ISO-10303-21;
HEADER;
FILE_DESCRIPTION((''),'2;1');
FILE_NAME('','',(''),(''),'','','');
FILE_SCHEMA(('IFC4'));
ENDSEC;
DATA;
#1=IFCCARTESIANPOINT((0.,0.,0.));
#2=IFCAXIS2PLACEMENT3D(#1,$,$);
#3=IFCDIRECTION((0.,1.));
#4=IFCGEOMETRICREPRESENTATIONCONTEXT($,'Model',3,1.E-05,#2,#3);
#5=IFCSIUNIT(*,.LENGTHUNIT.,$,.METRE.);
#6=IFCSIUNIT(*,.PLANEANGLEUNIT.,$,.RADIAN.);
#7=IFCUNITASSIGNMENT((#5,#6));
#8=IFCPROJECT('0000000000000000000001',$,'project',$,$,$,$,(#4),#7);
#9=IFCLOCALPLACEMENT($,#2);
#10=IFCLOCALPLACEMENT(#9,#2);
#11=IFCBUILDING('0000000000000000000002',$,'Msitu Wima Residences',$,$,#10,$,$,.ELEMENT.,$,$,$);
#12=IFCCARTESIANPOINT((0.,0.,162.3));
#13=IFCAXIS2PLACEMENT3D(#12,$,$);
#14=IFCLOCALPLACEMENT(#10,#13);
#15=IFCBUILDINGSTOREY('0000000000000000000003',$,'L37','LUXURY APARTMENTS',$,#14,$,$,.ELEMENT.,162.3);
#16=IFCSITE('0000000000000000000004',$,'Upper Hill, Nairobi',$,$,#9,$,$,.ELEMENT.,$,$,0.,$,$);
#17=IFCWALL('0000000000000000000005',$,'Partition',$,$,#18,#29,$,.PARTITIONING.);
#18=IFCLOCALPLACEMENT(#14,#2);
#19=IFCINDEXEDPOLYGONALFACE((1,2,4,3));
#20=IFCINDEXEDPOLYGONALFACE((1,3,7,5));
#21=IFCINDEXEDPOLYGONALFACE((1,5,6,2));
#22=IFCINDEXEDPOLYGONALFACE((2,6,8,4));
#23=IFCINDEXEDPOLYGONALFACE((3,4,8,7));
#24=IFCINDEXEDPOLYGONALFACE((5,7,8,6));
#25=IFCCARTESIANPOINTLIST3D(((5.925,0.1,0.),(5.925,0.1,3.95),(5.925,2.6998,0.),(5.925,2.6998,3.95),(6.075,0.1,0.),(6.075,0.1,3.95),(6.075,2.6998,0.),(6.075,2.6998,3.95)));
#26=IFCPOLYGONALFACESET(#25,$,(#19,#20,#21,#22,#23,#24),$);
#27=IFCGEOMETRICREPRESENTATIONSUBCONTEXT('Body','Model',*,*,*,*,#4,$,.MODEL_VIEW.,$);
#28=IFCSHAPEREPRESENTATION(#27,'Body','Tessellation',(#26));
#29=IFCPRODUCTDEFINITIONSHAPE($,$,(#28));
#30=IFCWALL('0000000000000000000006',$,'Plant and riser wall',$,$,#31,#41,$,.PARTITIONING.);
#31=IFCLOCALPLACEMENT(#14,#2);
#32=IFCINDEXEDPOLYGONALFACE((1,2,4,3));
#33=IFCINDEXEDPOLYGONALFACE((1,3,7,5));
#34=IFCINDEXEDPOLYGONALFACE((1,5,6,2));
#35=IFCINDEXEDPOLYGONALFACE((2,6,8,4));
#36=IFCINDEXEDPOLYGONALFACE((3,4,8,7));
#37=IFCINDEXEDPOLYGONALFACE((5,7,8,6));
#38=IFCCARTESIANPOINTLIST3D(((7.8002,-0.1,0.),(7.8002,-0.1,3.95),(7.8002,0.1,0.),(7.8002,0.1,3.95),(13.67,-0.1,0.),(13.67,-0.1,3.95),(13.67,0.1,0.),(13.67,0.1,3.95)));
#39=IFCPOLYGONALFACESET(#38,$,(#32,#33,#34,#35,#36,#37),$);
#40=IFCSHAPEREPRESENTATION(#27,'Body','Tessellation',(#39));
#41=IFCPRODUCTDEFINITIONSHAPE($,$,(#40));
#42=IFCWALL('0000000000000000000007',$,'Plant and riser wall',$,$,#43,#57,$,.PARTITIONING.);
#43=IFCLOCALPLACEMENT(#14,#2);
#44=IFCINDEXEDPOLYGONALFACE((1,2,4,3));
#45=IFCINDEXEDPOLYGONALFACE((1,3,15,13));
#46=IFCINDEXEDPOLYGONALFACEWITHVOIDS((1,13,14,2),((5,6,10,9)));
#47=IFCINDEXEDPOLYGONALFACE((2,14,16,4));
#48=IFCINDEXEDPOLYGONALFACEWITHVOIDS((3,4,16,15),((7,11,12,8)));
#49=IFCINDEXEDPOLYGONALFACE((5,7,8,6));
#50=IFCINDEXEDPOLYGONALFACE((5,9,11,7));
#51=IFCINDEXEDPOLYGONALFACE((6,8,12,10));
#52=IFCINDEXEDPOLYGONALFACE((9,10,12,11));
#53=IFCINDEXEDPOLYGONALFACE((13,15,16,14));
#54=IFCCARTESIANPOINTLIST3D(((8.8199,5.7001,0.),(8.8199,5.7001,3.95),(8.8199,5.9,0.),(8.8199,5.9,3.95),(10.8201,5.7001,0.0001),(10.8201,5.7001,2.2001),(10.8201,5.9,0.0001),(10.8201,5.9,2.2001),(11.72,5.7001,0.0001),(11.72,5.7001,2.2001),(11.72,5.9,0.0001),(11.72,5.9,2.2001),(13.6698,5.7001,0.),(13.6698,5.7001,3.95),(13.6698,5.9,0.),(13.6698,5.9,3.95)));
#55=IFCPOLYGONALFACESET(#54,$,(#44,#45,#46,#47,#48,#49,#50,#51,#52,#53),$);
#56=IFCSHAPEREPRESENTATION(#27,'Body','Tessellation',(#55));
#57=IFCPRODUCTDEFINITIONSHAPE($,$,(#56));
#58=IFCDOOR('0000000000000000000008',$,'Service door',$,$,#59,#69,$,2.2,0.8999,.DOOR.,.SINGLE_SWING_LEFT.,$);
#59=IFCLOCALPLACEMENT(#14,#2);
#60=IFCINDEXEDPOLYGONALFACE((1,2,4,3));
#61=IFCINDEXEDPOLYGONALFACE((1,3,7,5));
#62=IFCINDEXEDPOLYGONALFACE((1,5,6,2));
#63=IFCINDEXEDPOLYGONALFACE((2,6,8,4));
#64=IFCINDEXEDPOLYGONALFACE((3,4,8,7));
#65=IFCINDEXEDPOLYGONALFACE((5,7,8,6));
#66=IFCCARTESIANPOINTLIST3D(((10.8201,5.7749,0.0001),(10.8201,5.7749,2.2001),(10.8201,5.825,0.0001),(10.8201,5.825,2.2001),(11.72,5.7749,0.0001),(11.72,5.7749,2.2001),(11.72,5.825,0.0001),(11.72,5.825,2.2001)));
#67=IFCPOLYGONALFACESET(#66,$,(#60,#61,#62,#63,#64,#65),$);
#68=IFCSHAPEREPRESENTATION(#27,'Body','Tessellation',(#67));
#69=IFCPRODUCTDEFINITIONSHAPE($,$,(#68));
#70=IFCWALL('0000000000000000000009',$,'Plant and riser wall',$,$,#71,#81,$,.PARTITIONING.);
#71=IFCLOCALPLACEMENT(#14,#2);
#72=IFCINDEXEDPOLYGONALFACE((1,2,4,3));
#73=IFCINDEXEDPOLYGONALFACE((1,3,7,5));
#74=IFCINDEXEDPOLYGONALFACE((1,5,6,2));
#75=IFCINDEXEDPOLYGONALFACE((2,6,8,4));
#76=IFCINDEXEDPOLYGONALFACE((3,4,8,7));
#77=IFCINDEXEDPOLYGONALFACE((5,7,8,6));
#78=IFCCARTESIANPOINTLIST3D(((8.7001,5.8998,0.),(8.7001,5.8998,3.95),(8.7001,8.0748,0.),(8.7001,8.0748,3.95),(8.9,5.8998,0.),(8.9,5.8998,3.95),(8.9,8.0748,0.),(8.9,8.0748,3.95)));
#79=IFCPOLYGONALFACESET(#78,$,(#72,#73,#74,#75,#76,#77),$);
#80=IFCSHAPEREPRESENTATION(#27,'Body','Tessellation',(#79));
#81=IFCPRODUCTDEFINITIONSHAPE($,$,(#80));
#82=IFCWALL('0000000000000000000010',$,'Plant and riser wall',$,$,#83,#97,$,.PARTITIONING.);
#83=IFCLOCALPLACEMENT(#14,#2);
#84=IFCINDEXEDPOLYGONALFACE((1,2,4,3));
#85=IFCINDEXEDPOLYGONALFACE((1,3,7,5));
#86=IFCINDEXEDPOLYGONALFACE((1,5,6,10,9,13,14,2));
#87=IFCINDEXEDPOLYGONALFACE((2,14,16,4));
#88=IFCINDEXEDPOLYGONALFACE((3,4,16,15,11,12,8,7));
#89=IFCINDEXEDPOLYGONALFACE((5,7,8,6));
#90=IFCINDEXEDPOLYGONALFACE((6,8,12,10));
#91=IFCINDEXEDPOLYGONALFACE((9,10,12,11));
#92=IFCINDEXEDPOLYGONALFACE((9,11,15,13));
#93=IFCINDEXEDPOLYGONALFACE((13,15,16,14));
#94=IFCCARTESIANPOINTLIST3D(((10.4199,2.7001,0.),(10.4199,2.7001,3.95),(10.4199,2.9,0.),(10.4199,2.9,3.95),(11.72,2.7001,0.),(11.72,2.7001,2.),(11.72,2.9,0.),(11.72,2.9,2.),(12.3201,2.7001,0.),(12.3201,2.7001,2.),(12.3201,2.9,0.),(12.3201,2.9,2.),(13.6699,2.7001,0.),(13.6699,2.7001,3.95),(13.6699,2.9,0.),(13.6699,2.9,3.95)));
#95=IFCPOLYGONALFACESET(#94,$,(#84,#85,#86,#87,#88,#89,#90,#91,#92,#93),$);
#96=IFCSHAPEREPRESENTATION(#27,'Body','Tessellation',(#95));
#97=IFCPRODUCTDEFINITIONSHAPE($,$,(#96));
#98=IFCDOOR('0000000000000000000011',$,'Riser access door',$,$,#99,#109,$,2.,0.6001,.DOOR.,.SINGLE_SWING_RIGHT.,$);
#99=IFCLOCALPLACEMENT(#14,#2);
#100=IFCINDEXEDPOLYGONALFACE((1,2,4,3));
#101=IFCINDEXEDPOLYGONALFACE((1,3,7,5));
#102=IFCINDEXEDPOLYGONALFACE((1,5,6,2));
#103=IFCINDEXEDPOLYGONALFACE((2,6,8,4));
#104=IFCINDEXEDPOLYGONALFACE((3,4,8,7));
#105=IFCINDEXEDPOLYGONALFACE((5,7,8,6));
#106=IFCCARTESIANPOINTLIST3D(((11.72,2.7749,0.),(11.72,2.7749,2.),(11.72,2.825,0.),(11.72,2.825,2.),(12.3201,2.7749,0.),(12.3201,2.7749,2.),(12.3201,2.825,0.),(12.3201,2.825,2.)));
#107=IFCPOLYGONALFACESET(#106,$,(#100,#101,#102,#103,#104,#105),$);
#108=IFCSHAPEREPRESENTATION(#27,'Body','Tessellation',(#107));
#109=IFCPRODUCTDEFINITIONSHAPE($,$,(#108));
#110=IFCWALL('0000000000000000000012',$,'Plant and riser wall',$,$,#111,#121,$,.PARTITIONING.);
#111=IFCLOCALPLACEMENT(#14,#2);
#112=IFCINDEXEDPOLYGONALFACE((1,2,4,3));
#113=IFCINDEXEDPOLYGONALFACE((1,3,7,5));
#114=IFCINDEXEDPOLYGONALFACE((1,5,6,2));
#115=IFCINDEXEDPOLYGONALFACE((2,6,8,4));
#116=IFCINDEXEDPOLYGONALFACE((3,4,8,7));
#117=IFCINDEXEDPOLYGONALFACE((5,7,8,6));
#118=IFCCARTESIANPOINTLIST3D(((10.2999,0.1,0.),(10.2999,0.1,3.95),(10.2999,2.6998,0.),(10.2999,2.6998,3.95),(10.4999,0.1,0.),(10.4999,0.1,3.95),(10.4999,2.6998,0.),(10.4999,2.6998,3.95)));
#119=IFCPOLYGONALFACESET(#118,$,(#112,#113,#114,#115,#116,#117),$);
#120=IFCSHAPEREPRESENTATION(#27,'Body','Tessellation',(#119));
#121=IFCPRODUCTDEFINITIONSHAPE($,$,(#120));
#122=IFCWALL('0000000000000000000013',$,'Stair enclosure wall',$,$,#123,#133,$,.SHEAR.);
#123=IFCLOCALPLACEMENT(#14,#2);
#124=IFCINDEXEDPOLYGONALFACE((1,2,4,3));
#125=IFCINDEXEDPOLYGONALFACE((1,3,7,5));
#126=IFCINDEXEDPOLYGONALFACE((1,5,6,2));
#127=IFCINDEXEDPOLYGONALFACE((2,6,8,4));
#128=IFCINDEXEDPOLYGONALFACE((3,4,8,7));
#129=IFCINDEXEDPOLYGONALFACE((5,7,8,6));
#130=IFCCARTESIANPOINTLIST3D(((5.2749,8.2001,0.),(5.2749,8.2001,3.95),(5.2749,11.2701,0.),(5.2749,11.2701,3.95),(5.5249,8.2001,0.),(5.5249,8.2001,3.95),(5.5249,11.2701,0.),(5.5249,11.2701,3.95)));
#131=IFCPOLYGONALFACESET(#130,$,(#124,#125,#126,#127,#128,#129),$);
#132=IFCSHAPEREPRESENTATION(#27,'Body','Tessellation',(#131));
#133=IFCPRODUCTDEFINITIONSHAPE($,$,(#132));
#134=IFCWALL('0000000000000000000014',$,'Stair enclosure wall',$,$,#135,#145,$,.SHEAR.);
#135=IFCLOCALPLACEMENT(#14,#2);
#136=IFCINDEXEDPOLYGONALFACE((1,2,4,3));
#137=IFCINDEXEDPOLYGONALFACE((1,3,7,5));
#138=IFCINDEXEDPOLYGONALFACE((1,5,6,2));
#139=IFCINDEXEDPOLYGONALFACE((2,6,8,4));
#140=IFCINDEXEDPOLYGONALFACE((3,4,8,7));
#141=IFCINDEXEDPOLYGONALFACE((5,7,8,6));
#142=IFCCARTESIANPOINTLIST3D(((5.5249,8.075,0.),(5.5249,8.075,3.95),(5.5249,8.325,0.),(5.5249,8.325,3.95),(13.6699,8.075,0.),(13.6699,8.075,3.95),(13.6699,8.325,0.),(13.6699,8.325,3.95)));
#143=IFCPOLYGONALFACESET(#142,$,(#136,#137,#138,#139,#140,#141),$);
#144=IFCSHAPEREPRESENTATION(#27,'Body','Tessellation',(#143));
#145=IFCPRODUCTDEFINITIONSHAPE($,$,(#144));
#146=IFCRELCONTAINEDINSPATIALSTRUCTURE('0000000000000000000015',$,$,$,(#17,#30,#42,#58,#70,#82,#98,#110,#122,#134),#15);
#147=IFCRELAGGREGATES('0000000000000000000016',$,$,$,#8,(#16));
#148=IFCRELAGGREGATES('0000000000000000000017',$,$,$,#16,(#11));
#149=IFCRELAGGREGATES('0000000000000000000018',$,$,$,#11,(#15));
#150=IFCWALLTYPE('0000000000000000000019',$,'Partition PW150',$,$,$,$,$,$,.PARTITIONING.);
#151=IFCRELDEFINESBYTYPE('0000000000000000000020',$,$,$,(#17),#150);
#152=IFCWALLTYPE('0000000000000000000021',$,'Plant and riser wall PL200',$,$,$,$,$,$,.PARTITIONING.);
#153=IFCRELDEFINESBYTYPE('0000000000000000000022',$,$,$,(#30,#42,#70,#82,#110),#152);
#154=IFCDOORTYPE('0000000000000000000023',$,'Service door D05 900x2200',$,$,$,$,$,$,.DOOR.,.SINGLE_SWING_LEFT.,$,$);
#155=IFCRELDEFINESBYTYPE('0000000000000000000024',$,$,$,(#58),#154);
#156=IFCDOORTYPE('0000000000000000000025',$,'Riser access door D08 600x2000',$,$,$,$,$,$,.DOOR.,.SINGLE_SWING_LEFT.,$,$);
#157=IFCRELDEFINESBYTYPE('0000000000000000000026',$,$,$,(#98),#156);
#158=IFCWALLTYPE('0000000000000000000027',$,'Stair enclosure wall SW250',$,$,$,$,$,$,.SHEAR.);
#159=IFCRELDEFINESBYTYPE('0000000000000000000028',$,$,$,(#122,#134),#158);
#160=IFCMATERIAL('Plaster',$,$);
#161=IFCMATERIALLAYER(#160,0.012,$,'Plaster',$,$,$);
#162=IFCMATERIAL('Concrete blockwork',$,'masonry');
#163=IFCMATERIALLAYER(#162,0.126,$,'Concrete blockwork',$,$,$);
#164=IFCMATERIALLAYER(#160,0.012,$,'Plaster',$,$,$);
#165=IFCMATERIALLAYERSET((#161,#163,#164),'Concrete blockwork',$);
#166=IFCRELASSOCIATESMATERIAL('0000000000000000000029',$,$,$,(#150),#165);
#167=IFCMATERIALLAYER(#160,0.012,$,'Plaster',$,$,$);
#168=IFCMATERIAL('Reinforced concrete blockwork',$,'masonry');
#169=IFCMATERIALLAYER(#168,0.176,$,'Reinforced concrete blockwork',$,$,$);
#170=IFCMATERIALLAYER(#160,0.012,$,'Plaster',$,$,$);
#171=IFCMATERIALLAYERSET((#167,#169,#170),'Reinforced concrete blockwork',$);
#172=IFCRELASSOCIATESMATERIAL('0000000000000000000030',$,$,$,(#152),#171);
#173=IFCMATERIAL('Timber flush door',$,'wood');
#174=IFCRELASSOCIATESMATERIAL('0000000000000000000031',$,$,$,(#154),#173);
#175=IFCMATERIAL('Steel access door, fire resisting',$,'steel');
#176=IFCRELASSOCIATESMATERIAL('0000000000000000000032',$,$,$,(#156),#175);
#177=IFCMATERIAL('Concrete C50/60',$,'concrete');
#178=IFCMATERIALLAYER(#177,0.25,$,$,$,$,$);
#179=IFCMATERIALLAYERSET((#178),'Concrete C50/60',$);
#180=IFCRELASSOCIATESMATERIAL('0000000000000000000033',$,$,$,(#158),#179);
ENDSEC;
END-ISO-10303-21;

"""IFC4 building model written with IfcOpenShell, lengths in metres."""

from ifc_helpers import new_model, si_unit, direction, frame, frame_2d, origin, place, context, subcontext, project, spatial, rectangle, extrude, material, layer, layer_set, type_object, element, fill, save


model = new_model("IFC4")

# Units and contexts
model_context = context("Model", 3, precision=1e-05, world=origin(), true_north=direction((0.0, 1.0)))
body_context = subcontext(model_context, "Body", "Model", "MODEL_VIEW")
ifc_project = project(units=[si_unit("LENGTHUNIT", "METRE"), si_unit("PLANEANGLEUNIT", "RADIAN")], contexts=[model_context])

# Site, building, storey
site_placement = place(None, origin())
site = spatial("IfcSite", under=ifc_project, at=site_placement, Name="Upper Hill, Nairobi", CompositionType="ELEMENT", RefElevation=0.0)
building_placement = place(site_placement, origin())
building = spatial("IfcBuilding", under=site, at=building_placement, Name="Msitu Wima Residences", CompositionType="ELEMENT")
storey_placement = place(building_placement, frame((0.0, 0.0, 162.3)))
storey = spatial("IfcBuildingStorey", under=building, at=storey_placement, Name="L37", Description="LUXURY APARTMENTS", CompositionType="ELEMENT", Elevation=162.3)

# Walls
ifc_material_1 = material(Name="Plaster")
ifc_layer_1 = layer(ifc_material_1, 0.012, Name="Plaster")
ifc_material_2 = material(Name="Concrete blockwork", Category="masonry")
ifc_layer_2 = layer(ifc_material_2, 0.126, Name="Concrete blockwork")
ifc_layer_3 = layer(ifc_material_1, 0.012, Name="Plaster")
ifc_layer_set_1 = layer_set([ifc_layer_1, ifc_layer_2, ifc_layer_3], Name="Concrete blockwork")
wall_type_1 = type_object("IfcWallType", Name="Partition PW150", PredefinedType="PARTITIONING", material=ifc_layer_set_1)
wall_1_placement = place(storey_placement, frame((6.0, 0.1001, 0.0), z_axis=(0.0, 0.0, 1.0), x_axis=(0.0, 1.0, 0.0)))
element("IfcWall", 1, at=wall_1_placement, inside=storey, type_object=wall_type_1, Name="Partition", PredefinedType="PARTITIONING", context=body_context, shape_type="SweptSolid", body=[
    extrude(rectangle(XDim=2.5999, YDim=0.1499, at=frame_2d((1.2998, 0.0))), origin(), (0.0, 0.0, 1.0), 3.95),
])
ifc_layer_4 = layer(ifc_material_1, 0.012, Name="Plaster")
ifc_material_3 = material(Name="Reinforced concrete blockwork", Category="masonry")
ifc_layer_5 = layer(ifc_material_3, 0.176, Name="Reinforced concrete blockwork")
ifc_layer_6 = layer(ifc_material_1, 0.012, Name="Plaster")
ifc_layer_set_2 = layer_set([ifc_layer_4, ifc_layer_5, ifc_layer_6], Name="Reinforced concrete blockwork")
wall_type_2 = type_object("IfcWallType", Name="Plant and riser wall PL200", PredefinedType="PARTITIONING", material=ifc_layer_set_2)
wall_2_placement = place(storey_placement, frame((7.8, 0.0, 0.0), z_axis=(0.0, 0.0, 1.0), x_axis=(1.0, 0.0, 0.0)))
element("IfcWall", 2, at=wall_2_placement, inside=storey, type_object=wall_type_2, Name="Plant and riser wall", PredefinedType="PARTITIONING", context=body_context, shape_type="SweptSolid", body=[
    extrude(rectangle(XDim=5.8699, YDim=0.2, at=frame_2d((2.9351, 0.0))), origin(), (0.0, 0.0, 1.0), 3.95),
])

# Wall, opening, door
wall_3_placement = place(storey_placement, frame((8.8201, 5.8, 0.0), z_axis=(0.0, 0.0, 1.0), x_axis=(1.0, 0.0, 0.0)))
wall_3 = element("IfcWall", 3, at=wall_3_placement, inside=storey, type_object=wall_type_2, Name="Plant and riser wall", PredefinedType="PARTITIONING", context=body_context, shape_type="SweptSolid", body=[
    extrude(rectangle(XDim=4.8499, YDim=0.2, at=frame_2d((2.4248, 0.0))), origin(), (0.0, 0.0, 1.0), 3.95),
])
opening_1_placement = place(wall_3_placement, frame((2.0, 0.0, 0.0)))
opening_1 = element("IfcOpeningElement", 4, at=opening_1_placement, cuts=wall_3, PredefinedType="OPENING", context=body_context, shape_type="SweptSolid", body=[
    extrude(rectangle(XDim=0.8999, YDim=2.2, at=frame_2d((0.45, 1.1001))), frame((0.0, 0.1099, 0.0), z_axis=(0.0, -1.0, 0.0), x_axis=(1.0, 0.0, 0.0)), (0.0, 0.0, 1.0), 0.22),
])
ifc_material_4 = material(Name="Timber flush door", Category="wood")
door_type_1 = type_object("IfcDoorType", Name="Service door D05 900x2200", OperationType="SINGLE_SWING_LEFT", PredefinedType="DOOR", material=ifc_material_4)
door_1_placement = place(opening_1_placement, origin())
door_1 = element("IfcDoor", 5, at=door_1_placement, inside=storey, type_object=door_type_1, Name="Service door", OperationType="SINGLE_SWING_LEFT", OverallHeight=2.2, OverallWidth=0.8999, PredefinedType="DOOR", context=body_context, shape_type="SweptSolid", body=[
    extrude(rectangle(XDim=0.8999, YDim=2.2, at=frame_2d((0.45, 1.1001))), frame((0.0, 0.0249, 0.0), z_axis=(0.0, -1.0, 0.0), x_axis=(1.0, 0.0, 0.0)), (0.0, 0.0, 1.0), 0.05),
])
fill(opening_1, door_1)

# Wall
wall_4_placement = place(storey_placement, frame((8.8, 5.8999, 0.0), z_axis=(0.0, 0.0, 1.0), x_axis=(0.0, 1.0, 0.0)))
element("IfcWall", 6, at=wall_4_placement, inside=storey, type_object=wall_type_2, Name="Plant and riser wall", PredefinedType="PARTITIONING", context=body_context, shape_type="SweptSolid", body=[
    extrude(rectangle(XDim=2.175, YDim=0.2, at=frame_2d((1.0874, 0.0))), origin(), (0.0, 0.0, 1.0), 3.95),
])

# Wall, opening, door
wall_5_placement = place(storey_placement, frame((10.4199, 2.8, 0.0), z_axis=(0.0, 0.0, 1.0), x_axis=(1.0, 0.0, 0.0)))
wall_5 = element("IfcWall", 7, at=wall_5_placement, inside=storey, type_object=wall_type_2, Name="Plant and riser wall", PredefinedType="PARTITIONING", context=body_context, shape_type="SweptSolid", body=[
    extrude(rectangle(XDim=3.25, YDim=0.2, at=frame_2d((1.625, 0.0))), origin(), (0.0, 0.0, 1.0), 3.95),
])
opening_2_placement = place(wall_5_placement, frame((1.3, 0.0, 0.0)))
opening_2 = element("IfcOpeningElement", 8, at=opening_2_placement, cuts=wall_5, PredefinedType="OPENING", context=body_context, shape_type="SweptSolid", body=[
    extrude(rectangle(XDim=0.6001, YDim=2.0, at=frame_2d((0.3, 1.0))), frame((0.0, 0.1099, 0.0), z_axis=(0.0, -1.0, 0.0), x_axis=(1.0, 0.0, 0.0)), (0.0, 0.0, 1.0), 0.22),
])
ifc_material_5 = material(Name="Steel access door, fire resisting", Category="steel")
door_type_2 = type_object("IfcDoorType", Name="Riser access door D08 600x2000", OperationType="SINGLE_SWING_LEFT", PredefinedType="DOOR", material=ifc_material_5)
door_2_placement = place(opening_2_placement, origin())
door_2 = element("IfcDoor", 9, at=door_2_placement, inside=storey, type_object=door_type_2, Name="Riser access door", OperationType="SINGLE_SWING_RIGHT", OverallHeight=2.0, OverallWidth=0.6001, PredefinedType="DOOR", context=body_context, shape_type="SweptSolid", body=[
    extrude(rectangle(XDim=0.6001, YDim=2.0, at=frame_2d((0.3, 1.0))), frame((0.0, 0.0249, 0.0), z_axis=(0.0, -1.0, 0.0), x_axis=(1.0, 0.0, 0.0)), (0.0, 0.0, 1.0), 0.05),
])
fill(opening_2, door_2)

# Walls
wall_6_placement = place(storey_placement, frame((10.3999, 0.1001, 0.0), z_axis=(0.0, 0.0, 1.0), x_axis=(0.0, 1.0, 0.0)))
element("IfcWall", 10, at=wall_6_placement, inside=storey, type_object=wall_type_2, Name="Plant and riser wall", PredefinedType="PARTITIONING", context=body_context, shape_type="SweptSolid", body=[
    extrude(rectangle(XDim=2.5999, YDim=0.2, at=frame_2d((1.2998, 0.0))), origin(), (0.0, 0.0, 1.0), 3.95),
])
ifc_material_6 = material(Name="Concrete C50/60", Category="concrete")
ifc_layer_7 = layer(ifc_material_6, 0.25)
ifc_layer_set_3 = layer_set([ifc_layer_7], Name="Concrete C50/60")
wall_type_3 = type_object("IfcWallType", Name="Stair enclosure wall SW250", PredefinedType="SHEAR", material=ifc_layer_set_3)
wall_7_placement = place(storey_placement, frame((5.3999, 8.2, 0.0), z_axis=(0.0, 0.0, 1.0), x_axis=(0.0, 1.0, 0.0)))
element("IfcWall", 11, at=wall_7_placement, inside=storey, type_object=wall_type_3, Name="Stair enclosure wall", PredefinedType="SHEAR", context=body_context, shape_type="SweptSolid", body=[
    extrude(rectangle(XDim=3.0701, YDim=0.25, at=frame_2d((1.5352, 0.0))), origin(), (0.0, 0.0, 1.0), 3.95),
])
wall_8_placement = place(storey_placement, frame((5.5249, 8.2, 0.0), z_axis=(0.0, 0.0, 1.0), x_axis=(1.0, 0.0, 0.0)))
element("IfcWall", 12, at=wall_8_placement, inside=storey, type_object=wall_type_3, Name="Stair enclosure wall", PredefinedType="SHEAR", context=body_context, shape_type="SweptSolid", body=[
    extrude(rectangle(XDim=8.145, YDim=0.25, at=frame_2d((4.0725, 0.0))), origin(), (0.0, 0.0, 1.0), 3.95),
])

save(model, "model.ifc")
